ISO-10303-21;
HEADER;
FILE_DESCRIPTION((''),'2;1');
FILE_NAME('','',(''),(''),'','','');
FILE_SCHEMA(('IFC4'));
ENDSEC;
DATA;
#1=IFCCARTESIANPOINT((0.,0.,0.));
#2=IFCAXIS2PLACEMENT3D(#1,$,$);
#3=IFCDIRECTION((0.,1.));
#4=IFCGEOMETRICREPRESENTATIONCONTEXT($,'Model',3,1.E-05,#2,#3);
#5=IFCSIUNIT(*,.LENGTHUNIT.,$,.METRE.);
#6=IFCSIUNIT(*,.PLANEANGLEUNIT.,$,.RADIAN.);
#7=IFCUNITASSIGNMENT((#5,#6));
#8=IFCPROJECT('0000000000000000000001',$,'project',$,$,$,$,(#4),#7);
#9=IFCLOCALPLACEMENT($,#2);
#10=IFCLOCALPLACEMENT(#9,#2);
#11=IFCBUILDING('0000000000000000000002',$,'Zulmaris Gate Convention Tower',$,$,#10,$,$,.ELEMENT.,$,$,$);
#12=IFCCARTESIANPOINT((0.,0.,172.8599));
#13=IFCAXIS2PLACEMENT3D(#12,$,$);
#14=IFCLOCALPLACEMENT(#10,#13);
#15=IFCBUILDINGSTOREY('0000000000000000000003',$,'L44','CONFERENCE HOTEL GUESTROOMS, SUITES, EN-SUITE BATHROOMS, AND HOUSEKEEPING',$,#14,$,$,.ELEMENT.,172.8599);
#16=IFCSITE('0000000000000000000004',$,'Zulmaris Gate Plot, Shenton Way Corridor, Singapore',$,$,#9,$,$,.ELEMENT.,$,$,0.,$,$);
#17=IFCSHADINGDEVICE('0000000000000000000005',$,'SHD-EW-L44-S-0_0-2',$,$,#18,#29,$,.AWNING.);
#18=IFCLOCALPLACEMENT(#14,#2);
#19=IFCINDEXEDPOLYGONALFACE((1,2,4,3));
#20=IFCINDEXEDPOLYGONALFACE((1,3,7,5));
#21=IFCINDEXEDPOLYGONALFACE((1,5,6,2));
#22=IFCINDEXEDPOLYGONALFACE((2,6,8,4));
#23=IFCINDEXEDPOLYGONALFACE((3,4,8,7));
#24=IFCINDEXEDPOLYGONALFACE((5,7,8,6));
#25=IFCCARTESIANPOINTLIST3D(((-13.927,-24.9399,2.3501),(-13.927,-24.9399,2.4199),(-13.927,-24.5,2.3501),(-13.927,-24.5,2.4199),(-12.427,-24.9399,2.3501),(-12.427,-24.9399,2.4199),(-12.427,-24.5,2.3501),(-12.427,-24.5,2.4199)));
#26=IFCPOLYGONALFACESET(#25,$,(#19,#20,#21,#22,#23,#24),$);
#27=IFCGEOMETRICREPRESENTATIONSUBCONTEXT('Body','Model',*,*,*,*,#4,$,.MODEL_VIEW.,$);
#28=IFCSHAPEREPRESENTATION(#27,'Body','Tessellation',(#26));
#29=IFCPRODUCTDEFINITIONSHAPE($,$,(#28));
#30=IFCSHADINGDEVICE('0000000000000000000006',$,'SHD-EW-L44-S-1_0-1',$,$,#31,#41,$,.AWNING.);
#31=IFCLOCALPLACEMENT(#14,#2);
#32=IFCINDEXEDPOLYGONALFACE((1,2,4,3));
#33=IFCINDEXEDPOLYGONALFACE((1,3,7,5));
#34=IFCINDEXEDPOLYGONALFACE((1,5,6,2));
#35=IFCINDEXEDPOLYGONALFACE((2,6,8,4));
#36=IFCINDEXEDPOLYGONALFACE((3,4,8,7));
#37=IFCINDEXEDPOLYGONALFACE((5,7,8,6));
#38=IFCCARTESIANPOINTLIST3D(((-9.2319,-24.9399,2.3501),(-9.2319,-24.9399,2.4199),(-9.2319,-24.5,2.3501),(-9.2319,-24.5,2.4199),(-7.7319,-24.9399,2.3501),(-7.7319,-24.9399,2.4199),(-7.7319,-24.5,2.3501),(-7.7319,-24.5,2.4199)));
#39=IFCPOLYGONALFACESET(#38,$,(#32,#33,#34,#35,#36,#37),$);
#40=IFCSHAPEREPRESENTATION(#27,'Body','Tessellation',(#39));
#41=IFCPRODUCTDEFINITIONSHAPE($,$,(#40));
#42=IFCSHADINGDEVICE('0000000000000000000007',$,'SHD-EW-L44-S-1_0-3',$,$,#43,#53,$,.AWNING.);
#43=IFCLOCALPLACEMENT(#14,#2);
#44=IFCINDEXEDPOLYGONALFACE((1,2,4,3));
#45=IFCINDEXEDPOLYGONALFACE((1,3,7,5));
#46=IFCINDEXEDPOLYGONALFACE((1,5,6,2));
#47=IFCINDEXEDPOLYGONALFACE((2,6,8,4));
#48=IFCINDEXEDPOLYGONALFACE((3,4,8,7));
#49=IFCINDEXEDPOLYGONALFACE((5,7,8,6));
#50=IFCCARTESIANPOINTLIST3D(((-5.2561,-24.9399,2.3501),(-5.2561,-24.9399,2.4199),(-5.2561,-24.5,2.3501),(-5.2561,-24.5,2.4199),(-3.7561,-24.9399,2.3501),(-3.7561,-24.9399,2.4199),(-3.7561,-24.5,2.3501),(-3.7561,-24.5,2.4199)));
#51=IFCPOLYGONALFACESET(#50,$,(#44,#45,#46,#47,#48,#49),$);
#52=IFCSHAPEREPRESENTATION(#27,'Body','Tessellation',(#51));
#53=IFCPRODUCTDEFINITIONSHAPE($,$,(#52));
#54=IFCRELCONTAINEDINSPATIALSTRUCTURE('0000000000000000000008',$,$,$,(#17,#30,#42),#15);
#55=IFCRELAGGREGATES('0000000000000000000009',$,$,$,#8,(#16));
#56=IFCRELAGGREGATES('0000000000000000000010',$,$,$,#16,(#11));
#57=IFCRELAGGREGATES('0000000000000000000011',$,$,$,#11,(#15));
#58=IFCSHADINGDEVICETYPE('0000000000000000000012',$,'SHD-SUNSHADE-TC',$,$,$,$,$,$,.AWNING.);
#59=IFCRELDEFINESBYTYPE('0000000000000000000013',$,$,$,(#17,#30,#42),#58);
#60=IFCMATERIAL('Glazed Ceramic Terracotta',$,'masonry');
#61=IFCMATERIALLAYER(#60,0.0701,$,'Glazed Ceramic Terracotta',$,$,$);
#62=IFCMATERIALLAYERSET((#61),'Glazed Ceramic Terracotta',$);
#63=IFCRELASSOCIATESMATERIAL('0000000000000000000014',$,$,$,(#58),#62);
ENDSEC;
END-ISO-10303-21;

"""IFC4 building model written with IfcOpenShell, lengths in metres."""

from ifc_helpers import new_model, si_unit, direction, frame, frame_2d, origin, place, context, subcontext, project, spatial, rectangle, extrude, material, layer, layer_set, type_object, element, save


model = new_model("IFC4")

# Units and contexts
model_context = context("Model", 3, precision=1e-05, world=origin(), true_north=direction((0.0, 1.0)))
body_context = subcontext(model_context, "Body", "Model", "MODEL_VIEW")
ifc_project = project(units=[si_unit("LENGTHUNIT", "METRE"), si_unit("PLANEANGLEUNIT", "RADIAN")], contexts=[model_context])

# Site, building, storey
site_placement = place(None, origin())
site = spatial("IfcSite", under=ifc_project, at=site_placement, Name="Zulmaris Gate Plot, Shenton Way Corridor, Singapore", CompositionType="ELEMENT", RefElevation=0.0)
building_placement = place(site_placement, origin())
building = spatial("IfcBuilding", under=site, at=building_placement, Name="Zulmaris Gate Convention Tower", CompositionType="ELEMENT")
storey_placement = place(building_placement, frame((0.0, 0.0, 172.8599)))
storey = spatial("IfcBuildingStorey", under=building, at=storey_placement, Name="L44", Description="CONFERENCE HOTEL GUESTROOMS, SUITES, EN-SUITE BATHROOMS, AND HOUSEKEEPING", CompositionType="ELEMENT", Elevation=172.8599)

# Shading devices
ifc_material_1 = material(Name="Glazed Ceramic Terracotta", Category="masonry")
ifc_layer_1 = layer(ifc_material_1, 0.0701, Name="Glazed Ceramic Terracotta")
ifc_layer_set_1 = layer_set([ifc_layer_1], Name="Glazed Ceramic Terracotta")
shading_device_type = type_object("IfcShadingDeviceType", Name="SHD-SUNSHADE-TC", PredefinedType="AWNING", material=ifc_layer_set_1)
for number, where, z_axis, x_axis, name in (
    (1, (-13.927, -24.72, 2.3501), (0.0, 0.0, 1.0), (1.0, 0.0, 0.0), "SHD-EW-L44-S-0_0-2"),
    (2, (-9.2319, -24.72, 2.3501), (0.0, 0.0, 1.0), (1.0, 0.0, 0.0), "SHD-EW-L44-S-1_0-1"),
    (3, (-5.2561, -24.72, 2.3501), (0.0, 0.0, 1.0), (1.0, 0.0, 0.0), "SHD-EW-L44-S-1_0-3"),
):
    element("IfcShadingDevice", number, at=place(storey_placement, frame(where, z_axis=z_axis, x_axis=x_axis)), inside=storey, type_object=shading_device_type, Name=name, PredefinedType="AWNING", context=body_context, shape_type="SweptSolid", body=[
        extrude(rectangle(XDim=1.5, YDim=0.4399, at=frame_2d((0.75, 0.0))), origin(), (0.0, 0.0, 1.0), 0.0698),
    ])

save(model, "model.ifc")
